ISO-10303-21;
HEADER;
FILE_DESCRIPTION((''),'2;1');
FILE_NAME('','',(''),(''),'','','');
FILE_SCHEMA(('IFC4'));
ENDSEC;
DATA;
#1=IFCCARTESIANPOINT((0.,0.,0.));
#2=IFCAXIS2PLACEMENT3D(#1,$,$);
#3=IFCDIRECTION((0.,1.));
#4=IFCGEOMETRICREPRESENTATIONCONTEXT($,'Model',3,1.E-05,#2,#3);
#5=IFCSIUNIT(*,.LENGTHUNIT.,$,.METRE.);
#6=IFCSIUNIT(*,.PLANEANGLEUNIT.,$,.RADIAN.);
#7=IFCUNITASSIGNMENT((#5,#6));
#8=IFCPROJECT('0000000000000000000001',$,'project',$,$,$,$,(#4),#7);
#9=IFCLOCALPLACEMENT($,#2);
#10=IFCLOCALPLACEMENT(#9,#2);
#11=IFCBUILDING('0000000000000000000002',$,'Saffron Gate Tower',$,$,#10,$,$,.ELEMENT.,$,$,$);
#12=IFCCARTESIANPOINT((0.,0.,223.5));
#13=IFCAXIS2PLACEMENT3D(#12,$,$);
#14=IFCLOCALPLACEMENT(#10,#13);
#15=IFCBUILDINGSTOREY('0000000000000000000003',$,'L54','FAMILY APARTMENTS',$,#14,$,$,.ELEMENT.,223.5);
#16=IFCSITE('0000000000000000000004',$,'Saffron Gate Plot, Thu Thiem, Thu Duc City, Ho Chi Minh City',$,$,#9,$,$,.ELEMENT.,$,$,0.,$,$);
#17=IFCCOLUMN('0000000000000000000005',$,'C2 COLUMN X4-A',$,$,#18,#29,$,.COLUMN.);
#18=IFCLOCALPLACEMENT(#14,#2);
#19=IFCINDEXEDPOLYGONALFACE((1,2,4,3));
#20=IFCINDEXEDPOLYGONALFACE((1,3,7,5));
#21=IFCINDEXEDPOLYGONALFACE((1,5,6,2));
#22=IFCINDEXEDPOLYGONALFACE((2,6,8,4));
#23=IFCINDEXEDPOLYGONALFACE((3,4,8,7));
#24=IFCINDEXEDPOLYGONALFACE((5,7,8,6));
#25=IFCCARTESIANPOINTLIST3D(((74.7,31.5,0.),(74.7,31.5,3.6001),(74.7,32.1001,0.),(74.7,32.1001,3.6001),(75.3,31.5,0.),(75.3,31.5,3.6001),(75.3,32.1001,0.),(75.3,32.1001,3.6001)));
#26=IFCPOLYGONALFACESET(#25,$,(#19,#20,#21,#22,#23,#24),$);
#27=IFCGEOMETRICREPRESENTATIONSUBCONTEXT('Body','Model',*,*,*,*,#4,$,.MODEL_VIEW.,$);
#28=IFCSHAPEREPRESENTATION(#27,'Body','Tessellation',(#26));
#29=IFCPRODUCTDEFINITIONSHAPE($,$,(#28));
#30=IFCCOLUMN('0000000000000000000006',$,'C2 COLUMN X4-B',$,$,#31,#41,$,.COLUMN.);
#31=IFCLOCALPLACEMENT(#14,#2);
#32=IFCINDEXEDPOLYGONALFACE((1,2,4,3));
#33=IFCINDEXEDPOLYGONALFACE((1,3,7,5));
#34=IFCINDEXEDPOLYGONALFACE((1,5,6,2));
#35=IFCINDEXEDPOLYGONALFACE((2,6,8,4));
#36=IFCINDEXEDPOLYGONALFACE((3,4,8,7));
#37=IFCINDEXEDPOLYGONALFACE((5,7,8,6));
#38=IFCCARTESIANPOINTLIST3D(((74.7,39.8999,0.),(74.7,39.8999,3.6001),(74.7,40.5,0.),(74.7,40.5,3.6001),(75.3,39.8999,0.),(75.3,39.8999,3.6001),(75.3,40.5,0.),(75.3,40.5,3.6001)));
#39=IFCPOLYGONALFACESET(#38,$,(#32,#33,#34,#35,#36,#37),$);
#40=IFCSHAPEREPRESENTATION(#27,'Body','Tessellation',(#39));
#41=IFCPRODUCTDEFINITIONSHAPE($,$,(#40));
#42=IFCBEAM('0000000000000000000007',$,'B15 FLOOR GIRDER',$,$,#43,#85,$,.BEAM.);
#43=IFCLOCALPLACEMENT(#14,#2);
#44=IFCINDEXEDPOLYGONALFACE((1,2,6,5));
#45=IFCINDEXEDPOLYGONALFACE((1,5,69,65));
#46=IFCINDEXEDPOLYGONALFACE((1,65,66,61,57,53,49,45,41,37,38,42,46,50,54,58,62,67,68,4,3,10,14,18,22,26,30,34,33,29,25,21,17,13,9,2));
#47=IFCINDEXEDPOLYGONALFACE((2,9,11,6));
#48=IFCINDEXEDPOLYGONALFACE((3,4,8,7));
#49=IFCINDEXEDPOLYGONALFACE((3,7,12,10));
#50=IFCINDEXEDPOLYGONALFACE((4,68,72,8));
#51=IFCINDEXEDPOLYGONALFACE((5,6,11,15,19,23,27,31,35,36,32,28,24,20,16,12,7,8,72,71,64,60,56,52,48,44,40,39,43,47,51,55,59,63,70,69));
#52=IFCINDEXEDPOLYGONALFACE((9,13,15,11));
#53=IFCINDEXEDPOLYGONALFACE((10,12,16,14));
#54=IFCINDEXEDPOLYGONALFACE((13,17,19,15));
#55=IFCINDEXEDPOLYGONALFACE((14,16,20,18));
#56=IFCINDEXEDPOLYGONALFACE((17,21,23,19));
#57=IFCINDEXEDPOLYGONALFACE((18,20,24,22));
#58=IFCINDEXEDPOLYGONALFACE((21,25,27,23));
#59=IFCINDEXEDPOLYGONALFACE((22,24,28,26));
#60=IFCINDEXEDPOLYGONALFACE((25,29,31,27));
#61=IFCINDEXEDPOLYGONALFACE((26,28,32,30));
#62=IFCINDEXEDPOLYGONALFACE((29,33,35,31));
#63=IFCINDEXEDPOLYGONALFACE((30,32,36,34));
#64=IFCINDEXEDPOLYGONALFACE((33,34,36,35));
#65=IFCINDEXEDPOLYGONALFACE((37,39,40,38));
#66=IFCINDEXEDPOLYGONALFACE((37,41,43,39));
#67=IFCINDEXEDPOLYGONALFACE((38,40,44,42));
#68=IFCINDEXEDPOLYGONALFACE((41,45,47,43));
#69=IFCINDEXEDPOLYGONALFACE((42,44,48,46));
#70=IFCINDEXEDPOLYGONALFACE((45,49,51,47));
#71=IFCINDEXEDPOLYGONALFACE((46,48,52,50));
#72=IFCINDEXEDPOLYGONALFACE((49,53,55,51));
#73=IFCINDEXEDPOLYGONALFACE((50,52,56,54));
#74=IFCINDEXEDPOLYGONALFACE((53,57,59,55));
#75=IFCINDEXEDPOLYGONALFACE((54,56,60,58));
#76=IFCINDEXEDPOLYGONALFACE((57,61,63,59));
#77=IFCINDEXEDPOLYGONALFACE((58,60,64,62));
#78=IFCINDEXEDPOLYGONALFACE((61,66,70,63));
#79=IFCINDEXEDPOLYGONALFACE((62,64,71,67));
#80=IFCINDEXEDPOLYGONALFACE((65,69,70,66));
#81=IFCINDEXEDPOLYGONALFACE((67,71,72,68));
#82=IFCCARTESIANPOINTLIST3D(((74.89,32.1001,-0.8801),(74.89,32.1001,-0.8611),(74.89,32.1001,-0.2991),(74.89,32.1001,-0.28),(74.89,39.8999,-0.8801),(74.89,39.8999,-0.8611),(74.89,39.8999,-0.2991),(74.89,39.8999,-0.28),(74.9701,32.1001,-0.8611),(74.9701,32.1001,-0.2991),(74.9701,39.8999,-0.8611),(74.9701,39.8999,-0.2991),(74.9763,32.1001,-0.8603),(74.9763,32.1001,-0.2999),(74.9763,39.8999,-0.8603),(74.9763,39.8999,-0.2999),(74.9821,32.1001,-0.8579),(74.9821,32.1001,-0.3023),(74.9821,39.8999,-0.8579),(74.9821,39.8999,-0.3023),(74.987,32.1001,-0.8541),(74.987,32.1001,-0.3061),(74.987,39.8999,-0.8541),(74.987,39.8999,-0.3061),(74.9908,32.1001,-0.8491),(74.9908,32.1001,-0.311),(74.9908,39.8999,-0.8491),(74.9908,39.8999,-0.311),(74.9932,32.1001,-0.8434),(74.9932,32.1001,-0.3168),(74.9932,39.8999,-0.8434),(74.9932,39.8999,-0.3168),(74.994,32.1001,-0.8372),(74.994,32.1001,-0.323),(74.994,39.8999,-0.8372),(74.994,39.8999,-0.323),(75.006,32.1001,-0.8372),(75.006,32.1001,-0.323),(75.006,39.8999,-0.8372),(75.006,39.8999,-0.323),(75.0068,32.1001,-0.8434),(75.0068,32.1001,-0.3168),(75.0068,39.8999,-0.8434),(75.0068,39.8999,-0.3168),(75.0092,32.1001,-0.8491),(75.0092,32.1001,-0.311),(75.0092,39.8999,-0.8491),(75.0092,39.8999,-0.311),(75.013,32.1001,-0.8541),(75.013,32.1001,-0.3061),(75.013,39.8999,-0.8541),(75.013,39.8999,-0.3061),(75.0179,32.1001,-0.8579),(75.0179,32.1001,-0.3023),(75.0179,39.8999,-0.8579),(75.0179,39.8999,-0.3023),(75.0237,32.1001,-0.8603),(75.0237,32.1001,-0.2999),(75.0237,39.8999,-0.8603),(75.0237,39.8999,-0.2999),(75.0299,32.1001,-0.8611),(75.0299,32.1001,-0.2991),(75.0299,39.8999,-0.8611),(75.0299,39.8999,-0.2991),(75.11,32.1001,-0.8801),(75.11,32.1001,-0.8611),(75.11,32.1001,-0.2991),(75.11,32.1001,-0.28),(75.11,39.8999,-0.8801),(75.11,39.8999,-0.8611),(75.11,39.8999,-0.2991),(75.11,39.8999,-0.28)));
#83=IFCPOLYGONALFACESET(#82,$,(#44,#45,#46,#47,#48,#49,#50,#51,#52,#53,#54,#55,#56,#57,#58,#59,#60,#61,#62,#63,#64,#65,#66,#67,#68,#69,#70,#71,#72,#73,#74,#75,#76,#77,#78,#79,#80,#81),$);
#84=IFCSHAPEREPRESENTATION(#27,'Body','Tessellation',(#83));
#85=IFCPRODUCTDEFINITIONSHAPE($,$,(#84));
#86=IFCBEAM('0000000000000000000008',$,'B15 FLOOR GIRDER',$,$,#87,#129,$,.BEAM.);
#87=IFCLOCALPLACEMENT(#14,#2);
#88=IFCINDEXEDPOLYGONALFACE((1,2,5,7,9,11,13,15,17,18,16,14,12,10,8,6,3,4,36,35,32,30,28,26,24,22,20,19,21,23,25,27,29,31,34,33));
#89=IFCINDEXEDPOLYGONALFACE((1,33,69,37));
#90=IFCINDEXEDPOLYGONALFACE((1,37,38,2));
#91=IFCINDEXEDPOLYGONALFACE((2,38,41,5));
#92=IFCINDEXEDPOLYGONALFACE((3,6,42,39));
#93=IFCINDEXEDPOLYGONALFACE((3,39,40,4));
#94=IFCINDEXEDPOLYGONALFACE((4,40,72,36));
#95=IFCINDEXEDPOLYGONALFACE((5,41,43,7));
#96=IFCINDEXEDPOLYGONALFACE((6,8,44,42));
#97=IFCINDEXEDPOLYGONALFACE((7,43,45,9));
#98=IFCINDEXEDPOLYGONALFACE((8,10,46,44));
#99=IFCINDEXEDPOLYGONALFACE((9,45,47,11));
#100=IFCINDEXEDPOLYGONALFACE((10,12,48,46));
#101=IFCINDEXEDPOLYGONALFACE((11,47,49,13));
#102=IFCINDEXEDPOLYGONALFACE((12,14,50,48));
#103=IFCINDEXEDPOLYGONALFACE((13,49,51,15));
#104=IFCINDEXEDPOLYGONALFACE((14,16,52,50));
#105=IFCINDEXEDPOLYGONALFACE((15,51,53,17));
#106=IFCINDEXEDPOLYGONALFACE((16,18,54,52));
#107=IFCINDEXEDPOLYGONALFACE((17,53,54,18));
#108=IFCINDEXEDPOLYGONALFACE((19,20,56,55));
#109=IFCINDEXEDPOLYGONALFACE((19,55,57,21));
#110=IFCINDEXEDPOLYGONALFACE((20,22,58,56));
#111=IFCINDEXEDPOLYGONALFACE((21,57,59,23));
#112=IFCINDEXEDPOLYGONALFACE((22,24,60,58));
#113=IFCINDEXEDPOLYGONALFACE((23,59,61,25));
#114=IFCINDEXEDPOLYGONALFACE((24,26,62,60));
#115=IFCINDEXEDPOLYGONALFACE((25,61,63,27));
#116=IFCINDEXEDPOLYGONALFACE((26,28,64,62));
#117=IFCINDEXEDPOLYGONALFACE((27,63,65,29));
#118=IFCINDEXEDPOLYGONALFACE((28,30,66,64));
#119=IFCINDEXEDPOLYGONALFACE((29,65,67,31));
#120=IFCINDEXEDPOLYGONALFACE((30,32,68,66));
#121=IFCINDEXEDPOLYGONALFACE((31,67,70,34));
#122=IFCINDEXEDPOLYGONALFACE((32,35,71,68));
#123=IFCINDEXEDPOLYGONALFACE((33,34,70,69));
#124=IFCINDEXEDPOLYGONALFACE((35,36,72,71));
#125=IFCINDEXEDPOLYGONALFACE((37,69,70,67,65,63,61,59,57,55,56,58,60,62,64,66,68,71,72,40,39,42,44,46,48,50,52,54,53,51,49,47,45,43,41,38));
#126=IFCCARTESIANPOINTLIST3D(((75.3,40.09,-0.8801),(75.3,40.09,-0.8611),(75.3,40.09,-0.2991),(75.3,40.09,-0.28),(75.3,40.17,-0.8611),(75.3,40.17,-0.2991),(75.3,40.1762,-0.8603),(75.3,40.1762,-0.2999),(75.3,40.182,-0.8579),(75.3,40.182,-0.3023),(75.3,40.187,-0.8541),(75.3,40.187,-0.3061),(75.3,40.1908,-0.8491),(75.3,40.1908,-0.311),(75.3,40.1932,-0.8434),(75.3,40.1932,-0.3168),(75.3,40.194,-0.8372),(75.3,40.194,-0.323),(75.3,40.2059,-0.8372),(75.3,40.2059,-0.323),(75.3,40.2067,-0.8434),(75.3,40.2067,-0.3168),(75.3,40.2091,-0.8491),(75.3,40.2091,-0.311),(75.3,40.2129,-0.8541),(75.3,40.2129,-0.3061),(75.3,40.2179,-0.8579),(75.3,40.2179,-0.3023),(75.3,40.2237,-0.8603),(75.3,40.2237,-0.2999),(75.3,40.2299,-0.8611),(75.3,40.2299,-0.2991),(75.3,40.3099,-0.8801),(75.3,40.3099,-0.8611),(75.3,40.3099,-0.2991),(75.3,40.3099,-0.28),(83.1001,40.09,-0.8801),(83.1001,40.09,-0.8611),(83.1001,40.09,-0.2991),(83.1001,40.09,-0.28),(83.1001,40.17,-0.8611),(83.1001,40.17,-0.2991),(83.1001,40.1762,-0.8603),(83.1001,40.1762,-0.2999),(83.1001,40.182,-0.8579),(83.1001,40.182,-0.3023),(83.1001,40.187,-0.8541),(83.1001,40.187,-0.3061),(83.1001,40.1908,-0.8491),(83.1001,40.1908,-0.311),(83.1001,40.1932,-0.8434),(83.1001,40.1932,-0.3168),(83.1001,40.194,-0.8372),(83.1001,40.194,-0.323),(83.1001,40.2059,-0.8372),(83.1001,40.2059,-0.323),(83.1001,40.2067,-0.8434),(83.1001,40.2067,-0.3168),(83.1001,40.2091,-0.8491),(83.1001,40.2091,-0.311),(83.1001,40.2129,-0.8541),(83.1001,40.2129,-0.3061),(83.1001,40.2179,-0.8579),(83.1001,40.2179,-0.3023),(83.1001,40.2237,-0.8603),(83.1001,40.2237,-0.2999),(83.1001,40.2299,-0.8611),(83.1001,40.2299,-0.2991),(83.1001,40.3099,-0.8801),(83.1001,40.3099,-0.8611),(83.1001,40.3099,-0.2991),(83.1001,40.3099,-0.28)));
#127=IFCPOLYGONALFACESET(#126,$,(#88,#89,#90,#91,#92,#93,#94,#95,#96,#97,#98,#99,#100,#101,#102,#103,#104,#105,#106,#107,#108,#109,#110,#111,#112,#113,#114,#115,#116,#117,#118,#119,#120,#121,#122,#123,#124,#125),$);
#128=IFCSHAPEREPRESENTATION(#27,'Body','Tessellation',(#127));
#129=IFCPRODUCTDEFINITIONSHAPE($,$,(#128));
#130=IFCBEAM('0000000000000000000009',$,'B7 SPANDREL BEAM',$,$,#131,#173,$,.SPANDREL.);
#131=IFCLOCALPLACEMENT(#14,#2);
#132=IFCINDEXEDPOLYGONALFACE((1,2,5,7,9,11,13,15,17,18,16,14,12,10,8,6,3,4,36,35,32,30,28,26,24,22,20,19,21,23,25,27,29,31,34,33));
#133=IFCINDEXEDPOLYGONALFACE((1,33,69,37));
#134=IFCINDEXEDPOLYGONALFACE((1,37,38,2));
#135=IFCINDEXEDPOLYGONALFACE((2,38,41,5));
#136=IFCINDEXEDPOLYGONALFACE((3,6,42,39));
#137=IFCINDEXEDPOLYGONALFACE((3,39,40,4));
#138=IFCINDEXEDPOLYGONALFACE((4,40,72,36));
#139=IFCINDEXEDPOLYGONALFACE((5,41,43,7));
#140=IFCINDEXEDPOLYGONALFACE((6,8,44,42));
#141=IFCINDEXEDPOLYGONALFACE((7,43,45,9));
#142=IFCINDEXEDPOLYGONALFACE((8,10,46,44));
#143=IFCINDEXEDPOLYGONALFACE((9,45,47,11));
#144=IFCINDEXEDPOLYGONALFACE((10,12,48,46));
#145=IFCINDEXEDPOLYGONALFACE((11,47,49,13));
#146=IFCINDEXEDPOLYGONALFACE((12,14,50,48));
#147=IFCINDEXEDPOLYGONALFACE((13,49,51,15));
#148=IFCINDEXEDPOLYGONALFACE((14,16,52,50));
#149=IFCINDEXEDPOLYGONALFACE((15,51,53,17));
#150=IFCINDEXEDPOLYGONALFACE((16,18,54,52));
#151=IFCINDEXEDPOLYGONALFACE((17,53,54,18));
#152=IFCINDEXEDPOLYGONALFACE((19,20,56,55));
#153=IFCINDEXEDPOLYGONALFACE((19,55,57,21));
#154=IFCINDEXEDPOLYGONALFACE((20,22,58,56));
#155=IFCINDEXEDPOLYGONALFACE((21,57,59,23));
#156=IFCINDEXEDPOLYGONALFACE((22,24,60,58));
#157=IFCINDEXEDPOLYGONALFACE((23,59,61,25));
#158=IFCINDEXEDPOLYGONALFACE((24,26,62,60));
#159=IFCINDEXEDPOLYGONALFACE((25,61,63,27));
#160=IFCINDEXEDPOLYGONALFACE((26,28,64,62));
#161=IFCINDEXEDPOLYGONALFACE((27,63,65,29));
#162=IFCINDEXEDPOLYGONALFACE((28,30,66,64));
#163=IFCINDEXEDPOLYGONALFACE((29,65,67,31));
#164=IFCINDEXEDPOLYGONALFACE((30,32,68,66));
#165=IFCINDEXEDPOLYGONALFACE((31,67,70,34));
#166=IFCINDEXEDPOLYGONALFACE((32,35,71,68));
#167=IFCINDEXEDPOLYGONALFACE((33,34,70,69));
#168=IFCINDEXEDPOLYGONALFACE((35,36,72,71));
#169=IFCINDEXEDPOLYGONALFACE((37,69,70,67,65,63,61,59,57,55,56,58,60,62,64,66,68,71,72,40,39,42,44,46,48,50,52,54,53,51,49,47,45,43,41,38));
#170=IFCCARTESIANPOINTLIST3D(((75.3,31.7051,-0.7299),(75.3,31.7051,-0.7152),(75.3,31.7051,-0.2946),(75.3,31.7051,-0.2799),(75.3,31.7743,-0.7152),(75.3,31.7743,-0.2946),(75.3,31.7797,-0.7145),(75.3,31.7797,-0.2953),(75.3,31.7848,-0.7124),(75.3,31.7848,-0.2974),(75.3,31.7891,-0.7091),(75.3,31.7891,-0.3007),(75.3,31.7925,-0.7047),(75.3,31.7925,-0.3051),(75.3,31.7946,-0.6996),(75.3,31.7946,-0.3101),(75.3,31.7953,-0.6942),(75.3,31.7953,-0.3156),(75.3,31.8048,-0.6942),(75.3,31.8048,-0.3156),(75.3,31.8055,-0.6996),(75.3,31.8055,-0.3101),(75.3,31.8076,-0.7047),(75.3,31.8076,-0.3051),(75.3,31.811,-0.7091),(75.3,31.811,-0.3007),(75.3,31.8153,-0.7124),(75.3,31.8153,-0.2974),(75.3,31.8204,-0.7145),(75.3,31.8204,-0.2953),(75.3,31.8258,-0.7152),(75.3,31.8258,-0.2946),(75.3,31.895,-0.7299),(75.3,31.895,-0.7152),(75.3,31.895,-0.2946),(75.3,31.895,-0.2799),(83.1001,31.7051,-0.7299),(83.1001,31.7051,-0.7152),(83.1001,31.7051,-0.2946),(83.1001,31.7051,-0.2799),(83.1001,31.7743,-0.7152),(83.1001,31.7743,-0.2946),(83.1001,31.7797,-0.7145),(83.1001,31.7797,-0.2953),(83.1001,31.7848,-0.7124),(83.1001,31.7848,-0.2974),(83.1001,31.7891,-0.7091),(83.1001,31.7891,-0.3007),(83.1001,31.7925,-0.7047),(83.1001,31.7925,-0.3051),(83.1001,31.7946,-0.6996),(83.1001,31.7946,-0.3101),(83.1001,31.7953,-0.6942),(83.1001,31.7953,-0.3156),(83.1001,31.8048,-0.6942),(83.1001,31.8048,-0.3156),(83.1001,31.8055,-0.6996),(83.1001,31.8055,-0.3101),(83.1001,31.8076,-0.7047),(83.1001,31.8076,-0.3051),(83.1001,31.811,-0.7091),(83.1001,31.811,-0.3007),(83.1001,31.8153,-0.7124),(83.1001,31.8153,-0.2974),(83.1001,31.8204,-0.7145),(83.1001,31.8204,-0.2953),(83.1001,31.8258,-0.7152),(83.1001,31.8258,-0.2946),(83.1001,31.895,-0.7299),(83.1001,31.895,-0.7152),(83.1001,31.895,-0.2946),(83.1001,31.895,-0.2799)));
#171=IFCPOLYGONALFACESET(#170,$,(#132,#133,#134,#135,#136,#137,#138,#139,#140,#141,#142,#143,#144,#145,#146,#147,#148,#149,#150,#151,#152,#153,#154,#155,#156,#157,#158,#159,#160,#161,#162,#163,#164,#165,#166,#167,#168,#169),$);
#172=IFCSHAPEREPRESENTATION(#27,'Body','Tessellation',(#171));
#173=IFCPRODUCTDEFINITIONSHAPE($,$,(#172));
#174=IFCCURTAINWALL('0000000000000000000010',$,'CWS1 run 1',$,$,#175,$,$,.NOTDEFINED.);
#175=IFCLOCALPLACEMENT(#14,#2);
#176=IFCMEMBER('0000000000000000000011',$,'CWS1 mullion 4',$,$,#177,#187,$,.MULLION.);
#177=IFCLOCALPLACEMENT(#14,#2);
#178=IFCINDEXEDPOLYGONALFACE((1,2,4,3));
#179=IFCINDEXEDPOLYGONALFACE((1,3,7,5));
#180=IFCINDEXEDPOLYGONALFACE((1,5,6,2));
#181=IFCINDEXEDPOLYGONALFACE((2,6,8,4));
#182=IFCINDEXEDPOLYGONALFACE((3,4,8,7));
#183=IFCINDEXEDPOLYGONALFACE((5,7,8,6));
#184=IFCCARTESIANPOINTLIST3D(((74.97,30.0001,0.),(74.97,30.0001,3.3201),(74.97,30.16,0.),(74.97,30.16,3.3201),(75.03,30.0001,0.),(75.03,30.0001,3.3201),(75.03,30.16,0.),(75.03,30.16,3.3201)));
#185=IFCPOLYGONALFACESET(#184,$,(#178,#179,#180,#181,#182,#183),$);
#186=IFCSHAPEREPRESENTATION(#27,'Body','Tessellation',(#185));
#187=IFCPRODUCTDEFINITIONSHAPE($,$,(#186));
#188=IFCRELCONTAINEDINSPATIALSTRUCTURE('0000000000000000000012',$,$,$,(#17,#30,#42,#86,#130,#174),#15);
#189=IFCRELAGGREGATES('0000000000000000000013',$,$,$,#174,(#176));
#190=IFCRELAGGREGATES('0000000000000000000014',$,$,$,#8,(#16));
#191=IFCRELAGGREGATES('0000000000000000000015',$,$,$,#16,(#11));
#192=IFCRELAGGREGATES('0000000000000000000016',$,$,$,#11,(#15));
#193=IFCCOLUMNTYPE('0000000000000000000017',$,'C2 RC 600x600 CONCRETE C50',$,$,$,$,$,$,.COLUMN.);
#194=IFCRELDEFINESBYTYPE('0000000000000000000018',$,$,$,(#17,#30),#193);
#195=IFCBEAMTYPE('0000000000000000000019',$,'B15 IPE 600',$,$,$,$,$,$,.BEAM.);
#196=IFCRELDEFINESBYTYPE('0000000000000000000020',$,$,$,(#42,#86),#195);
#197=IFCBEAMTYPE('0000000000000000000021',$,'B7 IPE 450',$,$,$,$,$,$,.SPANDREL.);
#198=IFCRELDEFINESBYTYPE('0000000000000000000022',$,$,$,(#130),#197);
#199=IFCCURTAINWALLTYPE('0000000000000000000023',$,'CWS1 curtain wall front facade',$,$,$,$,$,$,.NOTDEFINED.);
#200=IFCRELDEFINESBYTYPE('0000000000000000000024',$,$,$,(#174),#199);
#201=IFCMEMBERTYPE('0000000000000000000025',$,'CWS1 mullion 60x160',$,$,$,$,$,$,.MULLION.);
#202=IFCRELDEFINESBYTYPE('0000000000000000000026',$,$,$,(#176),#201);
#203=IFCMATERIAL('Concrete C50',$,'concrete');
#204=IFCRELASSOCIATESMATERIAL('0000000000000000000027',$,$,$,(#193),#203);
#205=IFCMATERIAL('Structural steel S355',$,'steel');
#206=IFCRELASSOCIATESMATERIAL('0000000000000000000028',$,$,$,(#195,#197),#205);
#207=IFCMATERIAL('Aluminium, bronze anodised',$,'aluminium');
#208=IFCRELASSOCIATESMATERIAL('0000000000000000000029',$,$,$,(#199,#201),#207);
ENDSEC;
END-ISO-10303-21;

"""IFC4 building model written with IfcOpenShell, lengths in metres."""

from ifc_helpers import new_model, si_unit, direction, frame, origin, origin_2d, place, context, subcontext, project, spatial, rectangle, i_section, extrude, material, material_profile, profile_set, type_object, element, aggregate, save


model = new_model("IFC4")

# Units and contexts
model_context = context("Model", 3, precision=1e-05, world=origin(), true_north=direction((0.0, 1.0)))
body_context = subcontext(model_context, "Body", "Model", "MODEL_VIEW")
ifc_project = project(units=[si_unit("LENGTHUNIT", "METRE"), si_unit("PLANEANGLEUNIT", "RADIAN")], contexts=[model_context])

# Site, building, storey
site_placement = place(None, origin())
site = spatial("IfcSite", under=ifc_project, at=site_placement, Name="Saffron Gate Plot, Thu Thiem, Thu Duc City, Ho Chi Minh City", CompositionType="ELEMENT", RefElevation=0.0)
building_placement = place(site_placement, origin())
building = spatial("IfcBuilding", under=site, at=building_placement, Name="Saffron Gate Tower", CompositionType="ELEMENT")
storey_placement = place(building_placement, frame((0.0, 0.0, 223.5)))
storey = spatial("IfcBuildingStorey", under=building, at=storey_placement, Name="L54", Description="FAMILY APARTMENTS", CompositionType="ELEMENT", Elevation=223.5)

# Columns
ifc_material_1 = material(Name="Concrete C50", Category="concrete")
ifc_material_profile_1 = material_profile(ifc_material_1, rectangle(XDim=0.6001, YDim=0.6001, at=origin_2d()))
ifc_profile_set_1 = profile_set([ifc_material_profile_1], Name="Concrete C50")
column_type = type_object("IfcColumnType", Name="C2 RC 600x600 CONCRETE C50", PredefinedType="COLUMN", material=ifc_profile_set_1)
for number, where, z_axis, x_axis, name in (
    (1, (75.0, 31.8, 0.0), (0.0, 0.0, 1.0), (1.0, 0.0, 0.0), "C2 COLUMN X4-A"),
    (2, (75.0, 40.2, 0.0), (0.0, 0.0, 1.0), (1.0, 0.0, 0.0), "C2 COLUMN X4-B"),
):
    element("IfcColumn", number, at=place(storey_placement, frame(where, z_axis=z_axis, x_axis=x_axis)), inside=storey, type_object=column_type, Name=name, PredefinedType="COLUMN", context=body_context, shape_type="SweptSolid", body=[
        extrude(rectangle(XDim=0.6001, YDim=0.6001, at=origin_2d()), origin(), (0.0, 0.0, 1.0), 3.6001),
    ])

# Beams
ifc_material_2 = material(Name="Structural steel S355", Category="steel")
ifc_material_profile_2 = material_profile(ifc_material_2, i_section(OverallWidth=0.22, OverallDepth=0.6001, WebThickness=0.012, FlangeThickness=0.019, FilletRadius=0.0239, at=origin_2d()))
ifc_profile_set_2 = profile_set([ifc_material_profile_2], Name="Structural steel S355")
beam_type_1 = type_object("IfcBeamType", Name="B15 IPE 600", PredefinedType="BEAM", material=ifc_profile_set_2)
beam_1_placement = place(storey_placement, frame((75.0, 32.1001, -0.5801), z_axis=(0.0, 1.0, 0.0), x_axis=(-1.0, 0.0, 0.0)))
element("IfcBeam", 3, at=beam_1_placement, inside=storey, type_object=beam_type_1, Name="B15 FLOOR GIRDER", PredefinedType="BEAM", context=body_context, shape_type="SweptSolid", body=[
    extrude(i_section(OverallWidth=0.22, OverallDepth=0.6001, WebThickness=0.012, FlangeThickness=0.019, FilletRadius=0.0239, at=origin_2d()), origin(), (0.0, 0.0, 1.0), 7.7998),
])
beam_2_placement = place(storey_placement, frame((75.3, 40.2, -0.5801), z_axis=(1.0, 0.0, 0.0), x_axis=(0.0, 1.0, 0.0)))
element("IfcBeam", 4, at=beam_2_placement, inside=storey, type_object=beam_type_1, Name="B15 FLOOR GIRDER", PredefinedType="BEAM", context=body_context, shape_type="SweptSolid", body=[
    extrude(i_section(OverallWidth=0.22, OverallDepth=0.6001, WebThickness=0.012, FlangeThickness=0.019, FilletRadius=0.0239, at=origin_2d()), origin(), (0.0, 0.0, 1.0), 7.8),
])
ifc_material_profile_3 = material_profile(ifc_material_2, i_section(OverallWidth=0.1899, OverallDepth=0.45, WebThickness=0.0095, FlangeThickness=0.0146, FilletRadius=0.021, at=origin_2d()))
ifc_profile_set_3 = profile_set([ifc_material_profile_3], Name="Structural steel S355")
beam_type_2 = type_object("IfcBeamType", Name="B7 IPE 450", PredefinedType="SPANDREL", material=ifc_profile_set_3)
beam_3_placement = place(storey_placement, frame((75.3, 31.8, -0.5049), z_axis=(1.0, 0.0, 0.0), x_axis=(0.0, 1.0, 0.0)))
element("IfcBeam", 5, at=beam_3_placement, inside=storey, type_object=beam_type_2, Name="B7 SPANDREL BEAM", PredefinedType="SPANDREL", context=body_context, shape_type="SweptSolid", body=[
    extrude(i_section(OverallWidth=0.1899, OverallDepth=0.45, WebThickness=0.0095, FlangeThickness=0.0146, FilletRadius=0.021, at=origin_2d()), origin(), (0.0, 0.0, 1.0), 7.8),
])

# Curtain wall, member
ifc_material_3 = material(Name="Aluminium, bronze anodised", Category="aluminium")
curtain_wall_type = type_object("IfcCurtainWallType", Name="CWS1 curtain wall front facade", PredefinedType="NOTDEFINED", material=ifc_material_3)
curtain_wall_placement = place(storey_placement, origin())
curtain_wall = element("IfcCurtainWall", 6, at=curtain_wall_placement, inside=storey, type_object=curtain_wall_type, Name="CWS1 run 1", PredefinedType="NOTDEFINED")
ifc_material_profile_4 = material_profile(ifc_material_3, rectangle(XDim=0.1599, YDim=0.0601, at=origin_2d()))
ifc_profile_set_4 = profile_set([ifc_material_profile_4], Name="Aluminium, bronze anodised")
member_type = type_object("IfcMemberType", Name="CWS1 mullion 60x160", PredefinedType="MULLION", material=ifc_profile_set_4)
member_placement = place(storey_placement, frame((75.0, 30.0801, 0.0), z_axis=(0.0, 0.0, 1.0), x_axis=(0.0, 1.0, 0.0)))
member = element("IfcMember", 7, at=member_placement, type_object=member_type, Name="CWS1 mullion 4", PredefinedType="MULLION", context=body_context, shape_type="SweptSolid", body=[
    extrude(rectangle(XDim=0.1599, YDim=0.0601, at=origin_2d()), origin(), (0.0, 0.0, 1.0), 3.3201),
])
aggregate(curtain_wall, [member])

save(model, "model.ifc")
